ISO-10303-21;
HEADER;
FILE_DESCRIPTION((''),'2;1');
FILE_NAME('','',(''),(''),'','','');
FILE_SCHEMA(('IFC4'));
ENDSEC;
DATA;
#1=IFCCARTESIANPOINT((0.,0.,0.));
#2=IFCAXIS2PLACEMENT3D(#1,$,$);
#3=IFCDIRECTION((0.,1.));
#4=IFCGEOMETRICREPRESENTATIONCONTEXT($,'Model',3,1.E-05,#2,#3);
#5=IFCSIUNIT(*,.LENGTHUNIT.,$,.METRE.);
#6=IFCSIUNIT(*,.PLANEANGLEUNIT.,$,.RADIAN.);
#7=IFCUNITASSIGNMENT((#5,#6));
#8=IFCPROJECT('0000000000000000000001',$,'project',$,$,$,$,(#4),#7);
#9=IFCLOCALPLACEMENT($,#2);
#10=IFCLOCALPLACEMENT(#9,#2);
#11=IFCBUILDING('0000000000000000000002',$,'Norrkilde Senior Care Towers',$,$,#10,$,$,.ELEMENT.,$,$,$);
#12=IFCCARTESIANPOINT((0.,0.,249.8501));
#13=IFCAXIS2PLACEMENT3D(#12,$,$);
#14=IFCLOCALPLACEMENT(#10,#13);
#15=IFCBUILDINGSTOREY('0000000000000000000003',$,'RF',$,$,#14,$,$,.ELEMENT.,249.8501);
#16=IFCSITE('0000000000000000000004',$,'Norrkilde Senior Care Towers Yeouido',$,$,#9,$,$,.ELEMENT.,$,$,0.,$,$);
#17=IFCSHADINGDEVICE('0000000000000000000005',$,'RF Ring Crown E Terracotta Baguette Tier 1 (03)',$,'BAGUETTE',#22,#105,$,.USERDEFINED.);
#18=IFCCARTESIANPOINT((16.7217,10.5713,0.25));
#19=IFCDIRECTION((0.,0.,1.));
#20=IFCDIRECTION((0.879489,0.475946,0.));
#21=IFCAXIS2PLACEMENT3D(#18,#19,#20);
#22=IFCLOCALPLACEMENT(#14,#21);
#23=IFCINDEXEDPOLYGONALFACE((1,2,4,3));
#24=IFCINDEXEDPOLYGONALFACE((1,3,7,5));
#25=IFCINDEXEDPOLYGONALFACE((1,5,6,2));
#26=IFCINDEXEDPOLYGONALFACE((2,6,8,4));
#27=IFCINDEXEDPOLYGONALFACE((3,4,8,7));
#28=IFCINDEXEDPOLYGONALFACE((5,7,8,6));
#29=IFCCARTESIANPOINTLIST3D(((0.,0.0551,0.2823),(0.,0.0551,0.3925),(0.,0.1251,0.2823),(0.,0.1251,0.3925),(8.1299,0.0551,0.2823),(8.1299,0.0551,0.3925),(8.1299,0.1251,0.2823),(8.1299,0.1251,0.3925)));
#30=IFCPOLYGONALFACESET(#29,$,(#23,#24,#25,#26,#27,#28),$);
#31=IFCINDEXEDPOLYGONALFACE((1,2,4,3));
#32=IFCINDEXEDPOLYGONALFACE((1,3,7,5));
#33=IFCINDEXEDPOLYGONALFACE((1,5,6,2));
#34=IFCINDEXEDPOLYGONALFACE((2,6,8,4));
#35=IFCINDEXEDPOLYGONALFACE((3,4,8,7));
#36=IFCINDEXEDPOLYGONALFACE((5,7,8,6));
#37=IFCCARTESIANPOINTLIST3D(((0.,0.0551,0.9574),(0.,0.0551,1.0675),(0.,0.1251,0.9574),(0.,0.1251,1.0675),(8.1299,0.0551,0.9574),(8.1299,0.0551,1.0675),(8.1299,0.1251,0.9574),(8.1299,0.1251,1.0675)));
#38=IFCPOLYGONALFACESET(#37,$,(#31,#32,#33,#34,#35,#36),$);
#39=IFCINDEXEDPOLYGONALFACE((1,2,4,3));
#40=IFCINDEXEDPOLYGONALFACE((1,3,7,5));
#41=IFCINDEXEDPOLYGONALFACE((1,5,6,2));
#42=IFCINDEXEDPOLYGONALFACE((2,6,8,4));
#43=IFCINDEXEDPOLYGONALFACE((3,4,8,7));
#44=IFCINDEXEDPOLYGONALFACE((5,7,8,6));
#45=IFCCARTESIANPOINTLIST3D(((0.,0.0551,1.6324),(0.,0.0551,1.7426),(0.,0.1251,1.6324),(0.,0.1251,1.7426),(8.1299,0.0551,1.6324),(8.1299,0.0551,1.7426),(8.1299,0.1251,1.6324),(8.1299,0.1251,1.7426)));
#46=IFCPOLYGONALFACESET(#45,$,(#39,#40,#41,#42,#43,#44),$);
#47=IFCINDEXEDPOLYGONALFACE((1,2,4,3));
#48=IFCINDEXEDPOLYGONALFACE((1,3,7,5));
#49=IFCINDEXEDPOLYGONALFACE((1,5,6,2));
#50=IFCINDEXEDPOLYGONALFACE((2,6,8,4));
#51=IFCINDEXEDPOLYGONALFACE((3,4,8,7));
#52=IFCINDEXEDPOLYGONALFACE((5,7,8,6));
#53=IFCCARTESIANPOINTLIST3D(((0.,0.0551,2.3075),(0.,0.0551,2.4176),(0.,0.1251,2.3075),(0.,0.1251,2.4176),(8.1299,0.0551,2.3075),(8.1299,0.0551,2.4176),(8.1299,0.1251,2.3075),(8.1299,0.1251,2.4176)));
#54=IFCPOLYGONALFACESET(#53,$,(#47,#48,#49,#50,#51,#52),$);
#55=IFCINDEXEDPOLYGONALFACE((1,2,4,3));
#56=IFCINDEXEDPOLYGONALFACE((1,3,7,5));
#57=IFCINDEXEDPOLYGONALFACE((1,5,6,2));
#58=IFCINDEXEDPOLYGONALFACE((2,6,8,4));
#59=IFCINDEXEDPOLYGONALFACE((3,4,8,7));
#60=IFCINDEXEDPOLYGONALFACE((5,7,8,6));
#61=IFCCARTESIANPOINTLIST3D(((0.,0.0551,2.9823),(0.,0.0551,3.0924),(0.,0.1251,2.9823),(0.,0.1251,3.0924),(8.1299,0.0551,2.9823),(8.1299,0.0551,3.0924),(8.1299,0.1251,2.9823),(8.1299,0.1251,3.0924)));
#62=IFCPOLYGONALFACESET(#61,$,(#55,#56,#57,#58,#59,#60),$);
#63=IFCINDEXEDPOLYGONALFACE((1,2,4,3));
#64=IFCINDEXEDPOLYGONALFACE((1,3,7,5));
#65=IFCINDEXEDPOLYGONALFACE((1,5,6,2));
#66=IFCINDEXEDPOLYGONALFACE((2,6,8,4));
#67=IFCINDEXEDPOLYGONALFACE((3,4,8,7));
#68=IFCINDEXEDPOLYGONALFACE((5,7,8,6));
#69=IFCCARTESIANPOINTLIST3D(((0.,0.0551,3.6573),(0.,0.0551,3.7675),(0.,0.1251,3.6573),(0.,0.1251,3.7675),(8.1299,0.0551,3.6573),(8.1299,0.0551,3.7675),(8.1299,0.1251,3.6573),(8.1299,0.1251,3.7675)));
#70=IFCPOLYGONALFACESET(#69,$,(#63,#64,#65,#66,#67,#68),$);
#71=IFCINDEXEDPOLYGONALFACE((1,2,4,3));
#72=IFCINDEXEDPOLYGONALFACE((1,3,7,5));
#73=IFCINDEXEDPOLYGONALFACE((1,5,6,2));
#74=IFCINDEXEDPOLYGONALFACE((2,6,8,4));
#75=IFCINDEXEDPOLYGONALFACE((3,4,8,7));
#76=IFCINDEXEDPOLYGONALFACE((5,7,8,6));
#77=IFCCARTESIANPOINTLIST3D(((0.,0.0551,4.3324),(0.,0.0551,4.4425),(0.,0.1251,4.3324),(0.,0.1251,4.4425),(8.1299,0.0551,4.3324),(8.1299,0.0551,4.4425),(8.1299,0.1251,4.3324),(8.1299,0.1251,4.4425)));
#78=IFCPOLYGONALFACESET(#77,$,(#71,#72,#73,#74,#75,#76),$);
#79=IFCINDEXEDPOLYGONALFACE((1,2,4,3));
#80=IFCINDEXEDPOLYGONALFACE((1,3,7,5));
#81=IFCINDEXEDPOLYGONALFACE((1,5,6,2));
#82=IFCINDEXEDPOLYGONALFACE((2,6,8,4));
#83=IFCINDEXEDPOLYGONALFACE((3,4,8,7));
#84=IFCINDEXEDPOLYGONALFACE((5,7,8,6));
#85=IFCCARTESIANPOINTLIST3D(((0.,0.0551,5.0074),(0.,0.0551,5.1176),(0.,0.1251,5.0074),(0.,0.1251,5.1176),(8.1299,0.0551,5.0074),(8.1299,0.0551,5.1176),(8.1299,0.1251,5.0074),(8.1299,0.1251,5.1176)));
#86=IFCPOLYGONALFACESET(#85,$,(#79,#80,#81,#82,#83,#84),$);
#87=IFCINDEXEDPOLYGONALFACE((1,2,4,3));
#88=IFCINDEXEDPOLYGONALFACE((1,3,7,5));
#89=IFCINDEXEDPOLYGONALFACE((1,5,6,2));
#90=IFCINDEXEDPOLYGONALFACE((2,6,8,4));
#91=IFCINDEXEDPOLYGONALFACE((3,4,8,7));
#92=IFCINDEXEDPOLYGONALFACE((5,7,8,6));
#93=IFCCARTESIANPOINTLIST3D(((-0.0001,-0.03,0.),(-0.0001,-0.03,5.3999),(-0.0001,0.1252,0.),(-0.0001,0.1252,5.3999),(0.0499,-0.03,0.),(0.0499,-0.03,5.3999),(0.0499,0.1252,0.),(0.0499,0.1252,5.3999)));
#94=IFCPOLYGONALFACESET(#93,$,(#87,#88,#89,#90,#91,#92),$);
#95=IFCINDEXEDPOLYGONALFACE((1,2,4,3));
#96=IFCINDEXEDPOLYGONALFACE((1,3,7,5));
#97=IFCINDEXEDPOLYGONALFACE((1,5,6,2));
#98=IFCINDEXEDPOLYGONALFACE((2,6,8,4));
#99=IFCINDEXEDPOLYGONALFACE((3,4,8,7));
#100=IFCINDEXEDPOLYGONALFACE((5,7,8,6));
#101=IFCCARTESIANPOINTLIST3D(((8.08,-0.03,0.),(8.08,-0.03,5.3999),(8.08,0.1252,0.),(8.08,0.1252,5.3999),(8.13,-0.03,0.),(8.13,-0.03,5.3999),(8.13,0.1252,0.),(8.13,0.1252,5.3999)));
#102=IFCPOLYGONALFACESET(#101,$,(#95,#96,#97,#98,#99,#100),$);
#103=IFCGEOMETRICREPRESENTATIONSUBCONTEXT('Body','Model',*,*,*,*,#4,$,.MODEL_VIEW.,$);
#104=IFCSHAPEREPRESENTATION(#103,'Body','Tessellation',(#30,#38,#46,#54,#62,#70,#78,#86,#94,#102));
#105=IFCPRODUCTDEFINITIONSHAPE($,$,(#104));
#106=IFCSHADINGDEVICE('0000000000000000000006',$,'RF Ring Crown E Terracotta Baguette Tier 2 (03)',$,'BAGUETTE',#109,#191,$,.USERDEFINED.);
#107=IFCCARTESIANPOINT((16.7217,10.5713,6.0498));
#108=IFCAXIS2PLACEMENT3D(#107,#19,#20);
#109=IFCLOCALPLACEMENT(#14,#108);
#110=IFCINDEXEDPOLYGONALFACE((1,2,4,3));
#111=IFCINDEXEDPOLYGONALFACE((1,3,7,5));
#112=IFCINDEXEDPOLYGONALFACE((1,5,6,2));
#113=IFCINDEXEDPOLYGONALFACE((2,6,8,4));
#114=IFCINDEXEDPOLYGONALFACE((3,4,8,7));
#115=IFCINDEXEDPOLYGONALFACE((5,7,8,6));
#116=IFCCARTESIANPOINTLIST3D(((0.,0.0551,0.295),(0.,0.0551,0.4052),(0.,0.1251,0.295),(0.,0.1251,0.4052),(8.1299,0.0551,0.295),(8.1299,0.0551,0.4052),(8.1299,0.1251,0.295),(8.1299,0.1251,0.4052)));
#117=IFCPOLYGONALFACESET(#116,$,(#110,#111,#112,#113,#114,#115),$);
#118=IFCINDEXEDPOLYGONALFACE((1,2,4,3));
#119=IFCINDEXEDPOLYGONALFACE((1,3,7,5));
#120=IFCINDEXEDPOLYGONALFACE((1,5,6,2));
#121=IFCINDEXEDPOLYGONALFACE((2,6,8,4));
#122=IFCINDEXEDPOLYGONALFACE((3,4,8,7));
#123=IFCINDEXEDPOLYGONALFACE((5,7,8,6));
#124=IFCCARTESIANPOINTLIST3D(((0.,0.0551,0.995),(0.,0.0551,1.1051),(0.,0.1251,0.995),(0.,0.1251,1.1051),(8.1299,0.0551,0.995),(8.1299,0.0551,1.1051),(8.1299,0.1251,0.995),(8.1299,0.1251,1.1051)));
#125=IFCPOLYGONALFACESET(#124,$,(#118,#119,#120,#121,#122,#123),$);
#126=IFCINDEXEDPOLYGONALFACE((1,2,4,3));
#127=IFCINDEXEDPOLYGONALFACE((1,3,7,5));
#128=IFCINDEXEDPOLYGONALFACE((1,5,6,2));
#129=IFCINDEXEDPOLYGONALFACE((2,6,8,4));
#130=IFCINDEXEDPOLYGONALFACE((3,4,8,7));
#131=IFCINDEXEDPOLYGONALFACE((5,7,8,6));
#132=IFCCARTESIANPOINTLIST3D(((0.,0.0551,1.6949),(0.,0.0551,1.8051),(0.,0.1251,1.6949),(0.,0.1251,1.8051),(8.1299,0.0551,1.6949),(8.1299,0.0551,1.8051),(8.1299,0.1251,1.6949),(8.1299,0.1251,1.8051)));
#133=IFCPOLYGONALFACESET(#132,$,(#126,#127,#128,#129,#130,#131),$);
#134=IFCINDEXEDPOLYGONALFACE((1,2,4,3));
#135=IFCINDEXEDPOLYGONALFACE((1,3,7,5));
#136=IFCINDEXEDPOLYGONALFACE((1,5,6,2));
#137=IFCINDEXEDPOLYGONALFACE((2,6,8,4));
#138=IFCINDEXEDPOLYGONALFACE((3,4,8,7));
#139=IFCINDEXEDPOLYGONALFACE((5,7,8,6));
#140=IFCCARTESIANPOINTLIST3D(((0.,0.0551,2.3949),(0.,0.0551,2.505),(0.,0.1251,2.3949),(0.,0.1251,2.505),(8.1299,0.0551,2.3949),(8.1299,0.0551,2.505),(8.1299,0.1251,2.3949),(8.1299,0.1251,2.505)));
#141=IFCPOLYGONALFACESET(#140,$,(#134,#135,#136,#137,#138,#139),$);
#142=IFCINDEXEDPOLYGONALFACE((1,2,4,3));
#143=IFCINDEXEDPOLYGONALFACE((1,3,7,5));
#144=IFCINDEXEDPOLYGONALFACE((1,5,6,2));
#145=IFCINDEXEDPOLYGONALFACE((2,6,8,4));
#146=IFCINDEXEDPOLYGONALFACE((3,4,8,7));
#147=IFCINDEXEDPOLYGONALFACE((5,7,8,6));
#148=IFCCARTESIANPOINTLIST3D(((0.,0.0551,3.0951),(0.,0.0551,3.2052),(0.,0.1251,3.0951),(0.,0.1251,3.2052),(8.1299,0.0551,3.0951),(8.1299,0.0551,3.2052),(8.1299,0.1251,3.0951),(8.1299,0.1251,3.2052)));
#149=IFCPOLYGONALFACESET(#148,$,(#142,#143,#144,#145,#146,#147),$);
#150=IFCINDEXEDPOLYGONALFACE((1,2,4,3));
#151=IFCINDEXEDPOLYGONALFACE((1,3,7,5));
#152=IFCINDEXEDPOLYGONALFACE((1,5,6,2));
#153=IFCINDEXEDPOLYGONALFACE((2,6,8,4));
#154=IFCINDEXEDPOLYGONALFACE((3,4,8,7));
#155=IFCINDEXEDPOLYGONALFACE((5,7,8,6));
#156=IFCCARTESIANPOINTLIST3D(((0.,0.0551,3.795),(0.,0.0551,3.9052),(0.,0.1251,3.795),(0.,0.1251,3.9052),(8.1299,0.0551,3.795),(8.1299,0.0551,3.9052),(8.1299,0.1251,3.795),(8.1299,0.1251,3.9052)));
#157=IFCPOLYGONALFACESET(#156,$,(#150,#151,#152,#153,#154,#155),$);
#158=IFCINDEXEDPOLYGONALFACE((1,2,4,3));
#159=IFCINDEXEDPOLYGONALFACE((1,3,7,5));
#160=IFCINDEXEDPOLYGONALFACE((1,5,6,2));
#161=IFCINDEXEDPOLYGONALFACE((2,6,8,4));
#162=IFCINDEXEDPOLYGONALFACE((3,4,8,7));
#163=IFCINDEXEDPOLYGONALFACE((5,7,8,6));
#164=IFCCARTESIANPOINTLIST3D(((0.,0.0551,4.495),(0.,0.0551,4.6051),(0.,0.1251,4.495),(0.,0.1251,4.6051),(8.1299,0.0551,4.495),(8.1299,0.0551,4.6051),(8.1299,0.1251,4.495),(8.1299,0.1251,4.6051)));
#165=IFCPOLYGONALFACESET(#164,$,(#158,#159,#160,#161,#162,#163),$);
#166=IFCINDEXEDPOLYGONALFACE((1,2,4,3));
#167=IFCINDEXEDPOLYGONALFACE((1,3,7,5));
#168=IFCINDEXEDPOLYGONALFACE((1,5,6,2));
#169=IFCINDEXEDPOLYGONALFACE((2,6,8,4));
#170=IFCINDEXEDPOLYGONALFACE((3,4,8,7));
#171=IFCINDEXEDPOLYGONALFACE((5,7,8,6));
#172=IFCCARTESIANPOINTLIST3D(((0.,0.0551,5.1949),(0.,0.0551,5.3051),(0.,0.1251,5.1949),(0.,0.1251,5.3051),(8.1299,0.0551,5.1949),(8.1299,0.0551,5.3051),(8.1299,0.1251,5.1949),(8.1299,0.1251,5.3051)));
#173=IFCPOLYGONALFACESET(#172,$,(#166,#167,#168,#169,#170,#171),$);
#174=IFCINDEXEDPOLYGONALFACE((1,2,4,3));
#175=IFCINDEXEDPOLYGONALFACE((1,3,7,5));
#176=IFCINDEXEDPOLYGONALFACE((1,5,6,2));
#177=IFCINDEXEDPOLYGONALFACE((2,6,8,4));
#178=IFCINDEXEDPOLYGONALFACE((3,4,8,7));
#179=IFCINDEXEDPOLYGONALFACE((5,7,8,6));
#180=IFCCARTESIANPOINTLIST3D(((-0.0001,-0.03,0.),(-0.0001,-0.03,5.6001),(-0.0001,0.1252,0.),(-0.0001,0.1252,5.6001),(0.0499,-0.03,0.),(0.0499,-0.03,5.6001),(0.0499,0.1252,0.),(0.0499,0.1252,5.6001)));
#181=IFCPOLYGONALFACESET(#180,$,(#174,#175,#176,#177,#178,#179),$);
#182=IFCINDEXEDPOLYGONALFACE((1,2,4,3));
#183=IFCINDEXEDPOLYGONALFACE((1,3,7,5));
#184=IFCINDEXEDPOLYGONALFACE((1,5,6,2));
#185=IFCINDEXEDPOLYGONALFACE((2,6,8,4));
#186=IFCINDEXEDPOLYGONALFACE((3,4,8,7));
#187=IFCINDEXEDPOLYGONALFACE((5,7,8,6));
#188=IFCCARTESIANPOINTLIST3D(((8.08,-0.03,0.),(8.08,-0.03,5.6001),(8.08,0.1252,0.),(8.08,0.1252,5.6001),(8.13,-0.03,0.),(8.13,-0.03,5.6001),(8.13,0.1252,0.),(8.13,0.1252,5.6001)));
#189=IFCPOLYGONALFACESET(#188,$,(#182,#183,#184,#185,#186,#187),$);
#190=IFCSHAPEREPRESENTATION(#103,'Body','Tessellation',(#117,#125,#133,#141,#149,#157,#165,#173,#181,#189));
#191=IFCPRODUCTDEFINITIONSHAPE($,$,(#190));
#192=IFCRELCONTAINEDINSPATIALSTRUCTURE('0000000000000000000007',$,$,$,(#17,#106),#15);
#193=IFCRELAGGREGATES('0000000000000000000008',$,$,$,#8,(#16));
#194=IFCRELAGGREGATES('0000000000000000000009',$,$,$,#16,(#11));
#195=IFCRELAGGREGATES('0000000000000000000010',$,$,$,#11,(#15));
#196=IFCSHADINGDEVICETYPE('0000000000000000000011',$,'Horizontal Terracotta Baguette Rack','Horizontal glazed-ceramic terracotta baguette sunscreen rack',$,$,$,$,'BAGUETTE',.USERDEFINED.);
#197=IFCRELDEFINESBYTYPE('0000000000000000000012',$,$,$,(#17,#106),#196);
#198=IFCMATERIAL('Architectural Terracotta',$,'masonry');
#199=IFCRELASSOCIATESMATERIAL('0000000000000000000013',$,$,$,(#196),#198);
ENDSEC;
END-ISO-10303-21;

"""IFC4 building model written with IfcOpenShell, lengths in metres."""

from ifc_helpers import new_model, si_unit, direction, frame, origin, origin_2d, place, context, subcontext, project, spatial, rectangle, extrude, source, transform, mapped, material, type_object, element, save


model = new_model("IFC4")

# Units and contexts
model_context = context("Model", 3, precision=1e-05, world=origin(), true_north=direction((0.0, 1.0)))
body_context = subcontext(model_context, "Body", "Model", "MODEL_VIEW")
ifc_project = project(units=[si_unit("LENGTHUNIT", "METRE"), si_unit("PLANEANGLEUNIT", "RADIAN")], contexts=[model_context])

# Site, building, storey
site_placement = place(None, origin())
site = spatial("IfcSite", under=ifc_project, at=site_placement, Name="Norrkilde Senior Care Towers Yeouido", CompositionType="ELEMENT", RefElevation=0.0)
building_placement = place(site_placement, origin())
building = spatial("IfcBuilding", under=site, at=building_placement, Name="Norrkilde Senior Care Towers", CompositionType="ELEMENT")
storey_placement = place(building_placement, frame((0.0, 0.0, 249.8501)))
storey = spatial("IfcBuildingStorey", under=building, at=storey_placement, Name="RF", CompositionType="ELEMENT", Elevation=249.8501)

# Shared definitions
ifc_material_1 = material(Name="Architectural Terracotta", Category="masonry")

# Shading devices
shading_device_type = type_object("IfcShadingDeviceType", Name="Horizontal Terracotta Baguette Rack", Description="Horizontal glazed-ceramic terracotta baguette sunscreen rack", ElementType="BAGUETTE", PredefinedType="USERDEFINED", material=ifc_material_1)
shared_shape_1 = source(origin(), body_context, "Body", "SweptSolid", [
    extrude(rectangle(XDim=0.0701, YDim=0.1101, at=origin_2d()), frame((0.0, 0.0901, 0.3374), z_axis=(1.0, 0.0, 0.0), x_axis=(0.0, 1.0, 0.0)), (0.0, 0.0, 1.0), 8.1299),
    extrude(rectangle(XDim=0.0701, YDim=0.1101, at=origin_2d()), frame((0.0, 0.0901, 1.0125), z_axis=(1.0, 0.0, 0.0), x_axis=(0.0, 1.0, 0.0)), (0.0, 0.0, 1.0), 8.1299),
    extrude(rectangle(XDim=0.0701, YDim=0.1101, at=origin_2d()), frame((0.0, 0.0901, 1.6875), z_axis=(1.0, 0.0, 0.0), x_axis=(0.0, 1.0, 0.0)), (0.0, 0.0, 1.0), 8.1299),
    extrude(rectangle(XDim=0.0701, YDim=0.1101, at=origin_2d()), frame((0.0, 0.0901, 2.3625), z_axis=(1.0, 0.0, 0.0), x_axis=(0.0, 1.0, 0.0)), (0.0, 0.0, 1.0), 8.1299),
    extrude(rectangle(XDim=0.0701, YDim=0.1101, at=origin_2d()), frame((0.0, 0.0901, 3.0374), z_axis=(1.0, 0.0, 0.0), x_axis=(0.0, 1.0, 0.0)), (0.0, 0.0, 1.0), 8.1299),
    extrude(rectangle(XDim=0.0701, YDim=0.1101, at=origin_2d()), frame((0.0, 0.0901, 3.7124), z_axis=(1.0, 0.0, 0.0), x_axis=(0.0, 1.0, 0.0)), (0.0, 0.0, 1.0), 8.1299),
    extrude(rectangle(XDim=0.0701, YDim=0.1101, at=origin_2d()), frame((0.0, 0.0901, 4.3875), z_axis=(1.0, 0.0, 0.0), x_axis=(0.0, 1.0, 0.0)), (0.0, 0.0, 1.0), 8.1299),
    extrude(rectangle(XDim=0.0701, YDim=0.1101, at=origin_2d()), frame((0.0, 0.0901, 5.0625), z_axis=(1.0, 0.0, 0.0), x_axis=(0.0, 1.0, 0.0)), (0.0, 0.0, 1.0), 8.1299),
    extrude(rectangle(XDim=0.05, YDim=0.1553, at=origin_2d()), frame((0.0249, 0.0476, 0.0)), (0.0, 0.0, 1.0), 5.3999),
    extrude(rectangle(XDim=0.05, YDim=0.1553, at=origin_2d()), frame((8.105, 0.0476, 0.0)), (0.0, 0.0, 1.0), 5.3999),
])
shading_device_1_placement = place(storey_placement, frame((16.7217, 10.5713, 0.25), z_axis=(0.0, 0.0, 1.0), x_axis=(0.879489, 0.475946, 0.0)))
element("IfcShadingDevice", 1, at=shading_device_1_placement, inside=storey, type_object=shading_device_type, Name="RF Ring Crown E Terracotta Baguette Tier 1 (03)", ObjectType="BAGUETTE", PredefinedType="USERDEFINED", context=body_context, shape_type="MappedRepresentation", body=[
    mapped(shared_shape_1, transform((0.0, 0.0, 0.0), x_axis=(1.0, 0.0, 0.0), y_axis=(0.0, 1.0, 0.0), z_axis=(0.0, 0.0, 1.0), scale=1.0)),
])
shared_shape_2 = source(origin(), body_context, "Body", "SweptSolid", [
    extrude(rectangle(XDim=0.0701, YDim=0.1101, at=origin_2d()), frame((0.0, 0.0901, 0.3501), z_axis=(1.0, 0.0, 0.0), x_axis=(0.0, 1.0, 0.0)), (0.0, 0.0, 1.0), 8.1299),
    extrude(rectangle(XDim=0.0701, YDim=0.1101, at=origin_2d()), frame((0.0, 0.0901, 1.05), z_axis=(1.0, 0.0, 0.0), x_axis=(0.0, 1.0, 0.0)), (0.0, 0.0, 1.0), 8.1299),
    extrude(rectangle(XDim=0.0701, YDim=0.1101, at=origin_2d()), frame((0.0, 0.0901, 1.75), z_axis=(1.0, 0.0, 0.0), x_axis=(0.0, 1.0, 0.0)), (0.0, 0.0, 1.0), 8.1299),
    extrude(rectangle(XDim=0.0701, YDim=0.1101, at=origin_2d()), frame((0.0, 0.0901, 2.45), z_axis=(1.0, 0.0, 0.0), x_axis=(0.0, 1.0, 0.0)), (0.0, 0.0, 1.0), 8.1299),
    extrude(rectangle(XDim=0.0701, YDim=0.1101, at=origin_2d()), frame((0.0, 0.0901, 3.1501), z_axis=(1.0, 0.0, 0.0), x_axis=(0.0, 1.0, 0.0)), (0.0, 0.0, 1.0), 8.1299),
    extrude(rectangle(XDim=0.0701, YDim=0.1101, at=origin_2d()), frame((0.0, 0.0901, 3.8501), z_axis=(1.0, 0.0, 0.0), x_axis=(0.0, 1.0, 0.0)), (0.0, 0.0, 1.0), 8.1299),
    extrude(rectangle(XDim=0.0701, YDim=0.1101, at=origin_2d()), frame((0.0, 0.0901, 4.55), z_axis=(1.0, 0.0, 0.0), x_axis=(0.0, 1.0, 0.0)), (0.0, 0.0, 1.0), 8.1299),
    extrude(rectangle(XDim=0.0701, YDim=0.1101, at=origin_2d()), frame((0.0, 0.0901, 5.25), z_axis=(1.0, 0.0, 0.0), x_axis=(0.0, 1.0, 0.0)), (0.0, 0.0, 1.0), 8.1299),
    extrude(rectangle(XDim=0.05, YDim=0.1553, at=origin_2d()), frame((0.0249, 0.0476, 0.0)), (0.0, 0.0, 1.0), 5.6001),
    extrude(rectangle(XDim=0.05, YDim=0.1553, at=origin_2d()), frame((8.105, 0.0476, 0.0)), (0.0, 0.0, 1.0), 5.6001),
])
shading_device_2_placement = place(storey_placement, frame((16.7217, 10.5713, 6.0498), z_axis=(0.0, 0.0, 1.0), x_axis=(0.879489, 0.475946, 0.0)))
element("IfcShadingDevice", 2, at=shading_device_2_placement, inside=storey, type_object=shading_device_type, Name="RF Ring Crown E Terracotta Baguette Tier 2 (03)", ObjectType="BAGUETTE", PredefinedType="USERDEFINED", context=body_context, shape_type="MappedRepresentation", body=[
    mapped(shared_shape_2, transform((0.0, 0.0, 0.0), x_axis=(1.0, 0.0, 0.0), y_axis=(0.0, 1.0, 0.0), z_axis=(0.0, 0.0, 1.0), scale=1.0)),
])

save(model, "model.ifc")
